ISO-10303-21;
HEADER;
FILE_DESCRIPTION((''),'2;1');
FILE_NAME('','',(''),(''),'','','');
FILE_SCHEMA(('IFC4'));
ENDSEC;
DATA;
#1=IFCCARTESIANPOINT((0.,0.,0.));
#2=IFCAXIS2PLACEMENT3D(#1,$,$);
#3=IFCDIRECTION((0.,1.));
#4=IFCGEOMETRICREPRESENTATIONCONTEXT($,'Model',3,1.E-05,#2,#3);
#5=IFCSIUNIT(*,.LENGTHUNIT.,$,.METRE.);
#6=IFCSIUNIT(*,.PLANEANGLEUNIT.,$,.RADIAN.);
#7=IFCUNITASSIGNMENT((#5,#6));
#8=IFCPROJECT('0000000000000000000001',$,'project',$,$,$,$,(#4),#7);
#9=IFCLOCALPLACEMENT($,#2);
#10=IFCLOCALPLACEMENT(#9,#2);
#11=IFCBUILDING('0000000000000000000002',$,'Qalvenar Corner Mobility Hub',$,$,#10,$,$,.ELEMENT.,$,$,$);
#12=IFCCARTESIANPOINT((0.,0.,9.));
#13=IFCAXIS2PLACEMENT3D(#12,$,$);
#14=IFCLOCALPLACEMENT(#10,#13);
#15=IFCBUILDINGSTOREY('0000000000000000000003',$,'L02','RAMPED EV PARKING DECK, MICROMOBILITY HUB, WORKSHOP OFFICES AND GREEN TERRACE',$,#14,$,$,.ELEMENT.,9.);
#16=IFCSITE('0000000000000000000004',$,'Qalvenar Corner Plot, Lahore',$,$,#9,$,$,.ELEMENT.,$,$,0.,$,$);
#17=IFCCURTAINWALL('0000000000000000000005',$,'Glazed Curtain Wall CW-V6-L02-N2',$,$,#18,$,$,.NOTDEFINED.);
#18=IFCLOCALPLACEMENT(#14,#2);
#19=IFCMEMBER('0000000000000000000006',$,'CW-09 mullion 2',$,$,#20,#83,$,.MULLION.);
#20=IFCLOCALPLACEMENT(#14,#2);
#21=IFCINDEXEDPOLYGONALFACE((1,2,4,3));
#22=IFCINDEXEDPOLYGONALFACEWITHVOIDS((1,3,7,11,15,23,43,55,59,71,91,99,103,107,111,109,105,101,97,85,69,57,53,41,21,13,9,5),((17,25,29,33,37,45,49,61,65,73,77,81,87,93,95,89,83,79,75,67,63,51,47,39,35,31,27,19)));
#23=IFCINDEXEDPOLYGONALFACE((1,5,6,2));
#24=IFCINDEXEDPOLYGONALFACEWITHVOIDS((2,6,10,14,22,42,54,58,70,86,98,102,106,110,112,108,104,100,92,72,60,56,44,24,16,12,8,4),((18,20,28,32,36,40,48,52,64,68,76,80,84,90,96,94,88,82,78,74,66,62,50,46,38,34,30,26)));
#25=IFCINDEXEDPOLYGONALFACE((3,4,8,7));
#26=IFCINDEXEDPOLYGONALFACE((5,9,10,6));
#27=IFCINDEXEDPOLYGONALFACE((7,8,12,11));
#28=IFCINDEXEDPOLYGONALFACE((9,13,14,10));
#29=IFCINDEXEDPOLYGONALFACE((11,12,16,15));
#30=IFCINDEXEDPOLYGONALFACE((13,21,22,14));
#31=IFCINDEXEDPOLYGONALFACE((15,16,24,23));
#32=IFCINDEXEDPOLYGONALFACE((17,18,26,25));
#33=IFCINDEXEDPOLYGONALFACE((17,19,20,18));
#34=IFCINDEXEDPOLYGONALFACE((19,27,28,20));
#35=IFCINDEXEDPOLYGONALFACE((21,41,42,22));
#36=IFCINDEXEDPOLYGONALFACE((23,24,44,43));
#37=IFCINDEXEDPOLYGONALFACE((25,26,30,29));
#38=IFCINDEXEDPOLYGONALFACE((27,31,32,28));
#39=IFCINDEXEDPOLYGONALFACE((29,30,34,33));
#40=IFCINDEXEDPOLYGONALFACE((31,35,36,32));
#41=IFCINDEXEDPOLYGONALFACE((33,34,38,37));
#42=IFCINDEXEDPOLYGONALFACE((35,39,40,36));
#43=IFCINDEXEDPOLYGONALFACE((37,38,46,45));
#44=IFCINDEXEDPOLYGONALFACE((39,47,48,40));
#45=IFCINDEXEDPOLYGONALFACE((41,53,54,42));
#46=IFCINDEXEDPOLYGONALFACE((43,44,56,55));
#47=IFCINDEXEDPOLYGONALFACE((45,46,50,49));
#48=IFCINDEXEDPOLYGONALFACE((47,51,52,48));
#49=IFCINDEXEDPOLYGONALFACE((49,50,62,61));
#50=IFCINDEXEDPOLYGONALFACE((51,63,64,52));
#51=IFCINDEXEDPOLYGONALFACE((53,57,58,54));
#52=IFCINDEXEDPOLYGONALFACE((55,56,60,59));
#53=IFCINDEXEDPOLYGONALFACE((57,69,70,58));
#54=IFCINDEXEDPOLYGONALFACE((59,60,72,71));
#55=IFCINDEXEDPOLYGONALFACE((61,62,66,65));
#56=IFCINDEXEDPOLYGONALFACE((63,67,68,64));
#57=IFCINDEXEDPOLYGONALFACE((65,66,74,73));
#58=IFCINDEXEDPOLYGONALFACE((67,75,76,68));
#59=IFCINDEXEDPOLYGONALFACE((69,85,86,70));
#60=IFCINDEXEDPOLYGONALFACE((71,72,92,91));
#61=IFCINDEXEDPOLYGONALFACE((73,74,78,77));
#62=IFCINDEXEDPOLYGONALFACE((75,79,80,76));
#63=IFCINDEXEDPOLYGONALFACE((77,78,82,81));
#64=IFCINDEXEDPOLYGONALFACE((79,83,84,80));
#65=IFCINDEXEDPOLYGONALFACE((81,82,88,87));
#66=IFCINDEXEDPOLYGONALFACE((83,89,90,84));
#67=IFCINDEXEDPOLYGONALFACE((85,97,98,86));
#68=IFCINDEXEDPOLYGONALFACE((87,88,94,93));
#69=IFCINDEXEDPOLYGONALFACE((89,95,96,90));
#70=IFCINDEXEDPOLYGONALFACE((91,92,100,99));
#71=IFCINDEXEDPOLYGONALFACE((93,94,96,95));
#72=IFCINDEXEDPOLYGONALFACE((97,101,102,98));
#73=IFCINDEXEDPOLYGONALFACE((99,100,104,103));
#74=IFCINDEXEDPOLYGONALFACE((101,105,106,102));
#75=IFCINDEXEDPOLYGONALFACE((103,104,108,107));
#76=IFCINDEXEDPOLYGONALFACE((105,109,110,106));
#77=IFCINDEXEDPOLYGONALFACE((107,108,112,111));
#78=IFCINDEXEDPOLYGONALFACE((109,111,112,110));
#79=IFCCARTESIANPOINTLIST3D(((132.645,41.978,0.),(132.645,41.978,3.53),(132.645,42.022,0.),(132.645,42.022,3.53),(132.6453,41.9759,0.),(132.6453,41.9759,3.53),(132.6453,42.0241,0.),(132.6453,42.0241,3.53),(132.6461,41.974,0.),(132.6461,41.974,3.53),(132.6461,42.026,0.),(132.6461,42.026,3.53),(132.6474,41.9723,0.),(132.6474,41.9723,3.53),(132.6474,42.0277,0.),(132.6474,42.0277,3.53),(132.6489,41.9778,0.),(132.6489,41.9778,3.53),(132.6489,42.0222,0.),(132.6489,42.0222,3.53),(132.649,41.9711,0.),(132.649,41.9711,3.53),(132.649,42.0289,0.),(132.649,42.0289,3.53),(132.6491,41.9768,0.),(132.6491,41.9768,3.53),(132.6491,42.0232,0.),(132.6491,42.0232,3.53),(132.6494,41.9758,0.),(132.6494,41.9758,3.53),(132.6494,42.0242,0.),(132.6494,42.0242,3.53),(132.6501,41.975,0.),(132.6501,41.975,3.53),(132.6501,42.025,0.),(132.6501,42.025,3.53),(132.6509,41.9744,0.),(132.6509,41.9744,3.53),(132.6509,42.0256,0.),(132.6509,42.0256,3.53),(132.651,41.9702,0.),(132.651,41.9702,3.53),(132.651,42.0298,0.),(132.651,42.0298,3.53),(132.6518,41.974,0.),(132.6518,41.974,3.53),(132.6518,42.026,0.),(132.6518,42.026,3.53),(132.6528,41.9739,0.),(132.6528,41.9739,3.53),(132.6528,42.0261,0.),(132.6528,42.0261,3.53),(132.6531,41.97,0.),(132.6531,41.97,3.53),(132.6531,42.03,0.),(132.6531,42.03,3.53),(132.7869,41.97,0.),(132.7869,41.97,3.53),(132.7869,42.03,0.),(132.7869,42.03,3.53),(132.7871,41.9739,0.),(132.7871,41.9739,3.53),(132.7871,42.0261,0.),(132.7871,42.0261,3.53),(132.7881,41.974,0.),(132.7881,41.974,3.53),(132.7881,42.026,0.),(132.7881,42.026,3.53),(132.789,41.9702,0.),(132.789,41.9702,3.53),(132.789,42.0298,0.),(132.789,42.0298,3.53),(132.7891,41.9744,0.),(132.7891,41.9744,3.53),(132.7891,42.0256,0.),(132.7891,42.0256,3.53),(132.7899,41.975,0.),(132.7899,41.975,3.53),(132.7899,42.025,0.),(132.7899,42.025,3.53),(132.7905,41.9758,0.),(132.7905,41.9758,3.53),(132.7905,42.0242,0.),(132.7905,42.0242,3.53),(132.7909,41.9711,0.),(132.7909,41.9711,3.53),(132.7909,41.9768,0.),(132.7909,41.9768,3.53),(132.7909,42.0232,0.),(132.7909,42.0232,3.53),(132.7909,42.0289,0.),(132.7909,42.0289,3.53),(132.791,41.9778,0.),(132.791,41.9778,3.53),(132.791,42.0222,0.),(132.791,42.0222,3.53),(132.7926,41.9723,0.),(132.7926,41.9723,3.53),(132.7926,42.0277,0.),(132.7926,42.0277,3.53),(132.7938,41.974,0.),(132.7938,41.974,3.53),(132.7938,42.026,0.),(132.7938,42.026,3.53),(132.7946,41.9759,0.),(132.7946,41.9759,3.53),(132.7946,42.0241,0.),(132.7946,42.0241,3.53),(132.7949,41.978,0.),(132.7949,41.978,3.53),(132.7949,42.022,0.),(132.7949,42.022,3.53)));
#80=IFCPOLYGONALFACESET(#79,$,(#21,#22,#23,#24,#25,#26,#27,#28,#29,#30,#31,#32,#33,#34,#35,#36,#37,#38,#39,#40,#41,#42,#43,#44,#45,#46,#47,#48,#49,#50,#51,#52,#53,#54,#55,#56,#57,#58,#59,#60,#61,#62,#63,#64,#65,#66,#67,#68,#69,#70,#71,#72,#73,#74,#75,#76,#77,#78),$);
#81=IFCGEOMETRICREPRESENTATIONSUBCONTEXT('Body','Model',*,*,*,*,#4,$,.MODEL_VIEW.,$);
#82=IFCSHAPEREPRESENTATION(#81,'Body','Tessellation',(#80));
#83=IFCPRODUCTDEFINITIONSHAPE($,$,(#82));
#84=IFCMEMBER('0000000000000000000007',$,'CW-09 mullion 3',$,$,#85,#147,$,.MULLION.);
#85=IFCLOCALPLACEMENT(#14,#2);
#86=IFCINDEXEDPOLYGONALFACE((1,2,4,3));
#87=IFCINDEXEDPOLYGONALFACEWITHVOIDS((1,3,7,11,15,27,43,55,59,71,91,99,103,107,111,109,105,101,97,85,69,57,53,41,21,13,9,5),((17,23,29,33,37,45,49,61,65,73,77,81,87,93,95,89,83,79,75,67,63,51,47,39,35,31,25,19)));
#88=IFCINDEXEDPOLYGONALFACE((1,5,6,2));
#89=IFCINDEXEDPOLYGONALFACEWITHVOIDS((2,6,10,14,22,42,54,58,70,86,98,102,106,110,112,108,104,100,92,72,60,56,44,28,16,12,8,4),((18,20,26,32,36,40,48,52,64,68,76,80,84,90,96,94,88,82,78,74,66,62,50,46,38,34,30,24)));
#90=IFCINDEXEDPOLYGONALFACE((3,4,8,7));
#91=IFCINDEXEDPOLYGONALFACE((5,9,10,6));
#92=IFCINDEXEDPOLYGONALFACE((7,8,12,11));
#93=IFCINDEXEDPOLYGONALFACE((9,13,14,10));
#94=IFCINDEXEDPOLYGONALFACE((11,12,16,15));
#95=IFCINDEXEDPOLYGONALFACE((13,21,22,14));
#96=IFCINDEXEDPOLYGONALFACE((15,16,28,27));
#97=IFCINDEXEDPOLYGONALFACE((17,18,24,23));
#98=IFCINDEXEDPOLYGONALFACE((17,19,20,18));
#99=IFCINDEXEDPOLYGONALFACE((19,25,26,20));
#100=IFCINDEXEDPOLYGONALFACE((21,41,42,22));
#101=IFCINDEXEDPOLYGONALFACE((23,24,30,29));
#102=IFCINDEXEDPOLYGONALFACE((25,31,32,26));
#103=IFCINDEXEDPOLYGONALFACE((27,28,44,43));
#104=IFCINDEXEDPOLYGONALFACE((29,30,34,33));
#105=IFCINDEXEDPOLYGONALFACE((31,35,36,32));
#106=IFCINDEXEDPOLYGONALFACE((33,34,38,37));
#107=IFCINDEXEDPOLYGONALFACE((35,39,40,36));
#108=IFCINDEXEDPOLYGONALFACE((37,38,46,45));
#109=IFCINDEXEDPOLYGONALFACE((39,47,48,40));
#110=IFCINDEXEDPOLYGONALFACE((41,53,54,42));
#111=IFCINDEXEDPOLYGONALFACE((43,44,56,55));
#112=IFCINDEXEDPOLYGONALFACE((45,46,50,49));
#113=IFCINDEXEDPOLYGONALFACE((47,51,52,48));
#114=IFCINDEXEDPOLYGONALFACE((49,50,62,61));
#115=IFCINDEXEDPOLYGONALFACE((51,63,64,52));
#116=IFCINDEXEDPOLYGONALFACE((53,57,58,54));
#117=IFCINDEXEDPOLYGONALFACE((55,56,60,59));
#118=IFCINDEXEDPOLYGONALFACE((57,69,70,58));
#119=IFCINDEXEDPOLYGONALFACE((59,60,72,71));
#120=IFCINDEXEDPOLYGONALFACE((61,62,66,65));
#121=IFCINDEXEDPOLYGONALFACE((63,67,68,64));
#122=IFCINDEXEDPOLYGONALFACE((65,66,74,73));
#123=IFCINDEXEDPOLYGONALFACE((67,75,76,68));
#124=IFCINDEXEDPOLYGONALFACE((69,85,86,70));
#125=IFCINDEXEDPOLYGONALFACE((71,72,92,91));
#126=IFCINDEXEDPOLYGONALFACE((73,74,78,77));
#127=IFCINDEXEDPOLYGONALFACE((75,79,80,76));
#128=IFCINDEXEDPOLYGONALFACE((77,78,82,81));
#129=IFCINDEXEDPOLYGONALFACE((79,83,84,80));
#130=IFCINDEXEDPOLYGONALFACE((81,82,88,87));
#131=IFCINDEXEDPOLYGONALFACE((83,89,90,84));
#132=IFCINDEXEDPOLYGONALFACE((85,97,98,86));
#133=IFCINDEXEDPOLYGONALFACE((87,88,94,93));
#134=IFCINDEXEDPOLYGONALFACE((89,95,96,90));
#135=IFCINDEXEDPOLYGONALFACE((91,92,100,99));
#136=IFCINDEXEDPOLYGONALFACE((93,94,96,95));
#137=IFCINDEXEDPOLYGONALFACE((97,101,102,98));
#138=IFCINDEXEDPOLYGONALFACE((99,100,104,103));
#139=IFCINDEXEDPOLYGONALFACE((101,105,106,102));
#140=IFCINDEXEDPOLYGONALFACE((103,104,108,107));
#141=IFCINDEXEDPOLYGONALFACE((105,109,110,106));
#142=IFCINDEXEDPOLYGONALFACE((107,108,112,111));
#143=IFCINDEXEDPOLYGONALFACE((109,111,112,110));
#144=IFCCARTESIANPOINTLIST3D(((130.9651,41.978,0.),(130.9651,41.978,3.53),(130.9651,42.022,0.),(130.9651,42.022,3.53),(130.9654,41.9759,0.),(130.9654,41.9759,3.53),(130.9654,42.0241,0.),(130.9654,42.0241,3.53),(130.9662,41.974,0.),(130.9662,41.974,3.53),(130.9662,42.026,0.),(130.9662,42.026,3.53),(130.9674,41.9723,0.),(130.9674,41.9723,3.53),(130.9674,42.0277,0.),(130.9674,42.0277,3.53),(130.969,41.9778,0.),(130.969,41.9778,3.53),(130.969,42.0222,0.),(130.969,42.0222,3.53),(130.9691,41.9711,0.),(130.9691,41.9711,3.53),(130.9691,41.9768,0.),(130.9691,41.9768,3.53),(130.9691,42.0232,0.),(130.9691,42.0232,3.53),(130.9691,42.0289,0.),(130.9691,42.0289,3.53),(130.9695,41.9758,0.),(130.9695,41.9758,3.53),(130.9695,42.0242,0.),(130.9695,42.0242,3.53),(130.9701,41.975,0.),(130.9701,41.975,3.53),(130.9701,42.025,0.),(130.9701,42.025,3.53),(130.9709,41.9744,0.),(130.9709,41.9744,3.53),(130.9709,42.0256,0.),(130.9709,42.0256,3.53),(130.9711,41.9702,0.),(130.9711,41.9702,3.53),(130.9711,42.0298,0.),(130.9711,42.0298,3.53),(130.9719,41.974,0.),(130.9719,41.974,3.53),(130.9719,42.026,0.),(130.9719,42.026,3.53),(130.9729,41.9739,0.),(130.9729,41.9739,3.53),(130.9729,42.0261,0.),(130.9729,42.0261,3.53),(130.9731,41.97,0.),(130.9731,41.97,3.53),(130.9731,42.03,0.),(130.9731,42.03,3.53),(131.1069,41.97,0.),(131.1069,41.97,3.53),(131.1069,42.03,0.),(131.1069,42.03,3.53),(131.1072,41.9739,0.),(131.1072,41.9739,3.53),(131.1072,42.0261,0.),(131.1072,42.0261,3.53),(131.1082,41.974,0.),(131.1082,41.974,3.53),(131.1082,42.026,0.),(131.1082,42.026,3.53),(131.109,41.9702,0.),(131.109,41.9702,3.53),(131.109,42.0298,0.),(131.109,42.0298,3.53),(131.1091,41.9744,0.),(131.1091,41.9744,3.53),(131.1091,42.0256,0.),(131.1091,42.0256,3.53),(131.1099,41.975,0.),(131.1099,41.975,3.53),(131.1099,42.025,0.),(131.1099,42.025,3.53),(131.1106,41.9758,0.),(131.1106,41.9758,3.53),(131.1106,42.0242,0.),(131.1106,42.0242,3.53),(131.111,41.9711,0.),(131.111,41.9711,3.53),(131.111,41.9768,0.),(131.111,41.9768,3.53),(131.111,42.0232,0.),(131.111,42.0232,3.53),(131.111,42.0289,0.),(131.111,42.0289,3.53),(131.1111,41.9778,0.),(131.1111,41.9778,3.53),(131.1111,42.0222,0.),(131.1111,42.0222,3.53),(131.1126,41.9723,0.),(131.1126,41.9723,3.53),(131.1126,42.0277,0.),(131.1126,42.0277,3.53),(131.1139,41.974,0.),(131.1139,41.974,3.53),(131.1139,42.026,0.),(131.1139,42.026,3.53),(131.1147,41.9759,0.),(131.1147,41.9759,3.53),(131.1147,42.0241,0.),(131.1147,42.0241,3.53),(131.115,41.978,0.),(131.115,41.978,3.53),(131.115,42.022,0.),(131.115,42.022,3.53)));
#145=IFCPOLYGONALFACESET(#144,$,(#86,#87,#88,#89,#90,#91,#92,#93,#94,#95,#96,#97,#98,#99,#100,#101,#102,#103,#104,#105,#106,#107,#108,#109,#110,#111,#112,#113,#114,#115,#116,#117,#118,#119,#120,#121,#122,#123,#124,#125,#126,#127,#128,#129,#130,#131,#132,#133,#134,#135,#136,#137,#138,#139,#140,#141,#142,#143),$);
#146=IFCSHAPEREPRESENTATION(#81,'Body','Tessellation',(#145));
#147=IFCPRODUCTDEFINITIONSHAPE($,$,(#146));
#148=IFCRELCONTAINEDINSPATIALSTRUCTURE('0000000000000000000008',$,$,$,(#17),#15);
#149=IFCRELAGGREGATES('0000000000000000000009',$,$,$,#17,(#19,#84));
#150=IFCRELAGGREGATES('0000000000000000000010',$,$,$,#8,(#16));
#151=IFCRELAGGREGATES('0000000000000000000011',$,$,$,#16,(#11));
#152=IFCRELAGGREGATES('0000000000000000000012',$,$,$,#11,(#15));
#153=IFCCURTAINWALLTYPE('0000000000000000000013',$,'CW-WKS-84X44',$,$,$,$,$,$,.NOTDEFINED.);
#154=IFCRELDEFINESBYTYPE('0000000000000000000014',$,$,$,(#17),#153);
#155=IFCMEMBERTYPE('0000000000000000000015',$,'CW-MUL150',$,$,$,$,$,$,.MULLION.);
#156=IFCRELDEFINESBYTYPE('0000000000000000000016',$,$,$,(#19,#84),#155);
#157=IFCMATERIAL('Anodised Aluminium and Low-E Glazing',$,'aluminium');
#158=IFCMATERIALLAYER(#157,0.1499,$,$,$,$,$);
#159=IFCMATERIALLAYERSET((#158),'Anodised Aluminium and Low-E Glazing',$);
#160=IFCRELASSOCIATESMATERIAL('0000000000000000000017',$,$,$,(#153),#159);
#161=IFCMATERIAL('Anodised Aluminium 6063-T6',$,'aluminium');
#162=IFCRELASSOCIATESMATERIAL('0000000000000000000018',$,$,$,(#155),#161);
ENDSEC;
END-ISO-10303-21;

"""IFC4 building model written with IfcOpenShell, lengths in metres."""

from ifc_helpers import new_model, si_unit, direction, frame, origin, origin_2d, place, context, subcontext, project, spatial, hollow_rectangle, extrude, material, layer, layer_set, material_profile, profile_set, type_object, element, aggregate, save


model = new_model("IFC4")

# Units and contexts
model_context = context("Model", 3, precision=1e-05, world=origin(), true_north=direction((0.0, 1.0)))
body_context = subcontext(model_context, "Body", "Model", "MODEL_VIEW")
ifc_project = project(units=[si_unit("LENGTHUNIT", "METRE"), si_unit("PLANEANGLEUNIT", "RADIAN")], contexts=[model_context])

# Site, building, storey
site_placement = place(None, origin())
site = spatial("IfcSite", under=ifc_project, at=site_placement, Name="Qalvenar Corner Plot, Lahore", CompositionType="ELEMENT", RefElevation=0.0)
building_placement = place(site_placement, origin())
building = spatial("IfcBuilding", under=site, at=building_placement, Name="Qalvenar Corner Mobility Hub", CompositionType="ELEMENT")
storey_placement = place(building_placement, frame((0.0, 0.0, 9.0)))
storey = spatial("IfcBuildingStorey", under=building, at=storey_placement, Name="L02", Description="RAMPED EV PARKING DECK, MICROMOBILITY HUB, WORKSHOP OFFICES AND GREEN TERRACE", CompositionType="ELEMENT", Elevation=9.0)

# Curtain wall, members
ifc_material_1 = material(Name="Anodised Aluminium and Low-E Glazing", Category="aluminium")
ifc_layer_1 = layer(ifc_material_1, 0.1499)
ifc_layer_set_1 = layer_set([ifc_layer_1], Name="Anodised Aluminium and Low-E Glazing")
curtain_wall_type = type_object("IfcCurtainWallType", Name="CW-WKS-84X44", PredefinedType="NOTDEFINED", material=ifc_layer_set_1)
curtain_wall_placement = place(storey_placement, origin())
curtain_wall = element("IfcCurtainWall", 1, at=curtain_wall_placement, inside=storey, type_object=curtain_wall_type, Name="Glazed Curtain Wall CW-V6-L02-N2", PredefinedType="NOTDEFINED")
ifc_material_2 = material(Name="Anodised Aluminium 6063-T6", Category="aluminium")
ifc_material_profile_1 = material_profile(ifc_material_2, hollow_rectangle(XDim=0.0601, YDim=0.1499, WallThickness=0.0039, InnerFilletRadius=0.0039, OuterFilletRadius=0.0081, at=origin_2d()), Name="RHS150x60x4")
ifc_profile_set_1 = profile_set([ifc_material_profile_1], Name="Anodised Aluminium 6063-T6")
member_type_1 = type_object("IfcMemberType", Name="CW-MUL150", PredefinedType="MULLION", material=ifc_profile_set_1)
member_1_placement = place(storey_placement, frame((132.72, 42.0, 0.0), z_axis=(0.0, 0.0, 1.0), x_axis=(0.0, -1.0, 0.0)))
member_1 = element("IfcMember", 2, at=member_1_placement, type_object=member_type_1, Name="CW-09 mullion 2", PredefinedType="MULLION", context=body_context, shape_type="SweptSolid", body=[
    extrude(hollow_rectangle(XDim=0.0601, YDim=0.1499, WallThickness=0.0039, InnerFilletRadius=0.0039, OuterFilletRadius=0.0081, at=origin_2d()), origin(), (0.0, 0.0, 1.0), 3.53),
])
member_2_placement = place(storey_placement, frame((131.04, 42.0, 0.0), z_axis=(0.0, 0.0, 1.0), x_axis=(0.0, -1.0, 0.0)))
member_2 = element("IfcMember", 3, at=member_2_placement, type_object=member_type_1, Name="CW-09 mullion 3", PredefinedType="MULLION", context=body_context, shape_type="SweptSolid", body=[
    extrude(hollow_rectangle(XDim=0.0601, YDim=0.1499, WallThickness=0.0039, InnerFilletRadius=0.0039, OuterFilletRadius=0.0081, at=origin_2d()), origin(), (0.0, 0.0, 1.0), 3.53),
])
aggregate(curtain_wall, [member_1, member_2])

save(model, "model.ifc")
